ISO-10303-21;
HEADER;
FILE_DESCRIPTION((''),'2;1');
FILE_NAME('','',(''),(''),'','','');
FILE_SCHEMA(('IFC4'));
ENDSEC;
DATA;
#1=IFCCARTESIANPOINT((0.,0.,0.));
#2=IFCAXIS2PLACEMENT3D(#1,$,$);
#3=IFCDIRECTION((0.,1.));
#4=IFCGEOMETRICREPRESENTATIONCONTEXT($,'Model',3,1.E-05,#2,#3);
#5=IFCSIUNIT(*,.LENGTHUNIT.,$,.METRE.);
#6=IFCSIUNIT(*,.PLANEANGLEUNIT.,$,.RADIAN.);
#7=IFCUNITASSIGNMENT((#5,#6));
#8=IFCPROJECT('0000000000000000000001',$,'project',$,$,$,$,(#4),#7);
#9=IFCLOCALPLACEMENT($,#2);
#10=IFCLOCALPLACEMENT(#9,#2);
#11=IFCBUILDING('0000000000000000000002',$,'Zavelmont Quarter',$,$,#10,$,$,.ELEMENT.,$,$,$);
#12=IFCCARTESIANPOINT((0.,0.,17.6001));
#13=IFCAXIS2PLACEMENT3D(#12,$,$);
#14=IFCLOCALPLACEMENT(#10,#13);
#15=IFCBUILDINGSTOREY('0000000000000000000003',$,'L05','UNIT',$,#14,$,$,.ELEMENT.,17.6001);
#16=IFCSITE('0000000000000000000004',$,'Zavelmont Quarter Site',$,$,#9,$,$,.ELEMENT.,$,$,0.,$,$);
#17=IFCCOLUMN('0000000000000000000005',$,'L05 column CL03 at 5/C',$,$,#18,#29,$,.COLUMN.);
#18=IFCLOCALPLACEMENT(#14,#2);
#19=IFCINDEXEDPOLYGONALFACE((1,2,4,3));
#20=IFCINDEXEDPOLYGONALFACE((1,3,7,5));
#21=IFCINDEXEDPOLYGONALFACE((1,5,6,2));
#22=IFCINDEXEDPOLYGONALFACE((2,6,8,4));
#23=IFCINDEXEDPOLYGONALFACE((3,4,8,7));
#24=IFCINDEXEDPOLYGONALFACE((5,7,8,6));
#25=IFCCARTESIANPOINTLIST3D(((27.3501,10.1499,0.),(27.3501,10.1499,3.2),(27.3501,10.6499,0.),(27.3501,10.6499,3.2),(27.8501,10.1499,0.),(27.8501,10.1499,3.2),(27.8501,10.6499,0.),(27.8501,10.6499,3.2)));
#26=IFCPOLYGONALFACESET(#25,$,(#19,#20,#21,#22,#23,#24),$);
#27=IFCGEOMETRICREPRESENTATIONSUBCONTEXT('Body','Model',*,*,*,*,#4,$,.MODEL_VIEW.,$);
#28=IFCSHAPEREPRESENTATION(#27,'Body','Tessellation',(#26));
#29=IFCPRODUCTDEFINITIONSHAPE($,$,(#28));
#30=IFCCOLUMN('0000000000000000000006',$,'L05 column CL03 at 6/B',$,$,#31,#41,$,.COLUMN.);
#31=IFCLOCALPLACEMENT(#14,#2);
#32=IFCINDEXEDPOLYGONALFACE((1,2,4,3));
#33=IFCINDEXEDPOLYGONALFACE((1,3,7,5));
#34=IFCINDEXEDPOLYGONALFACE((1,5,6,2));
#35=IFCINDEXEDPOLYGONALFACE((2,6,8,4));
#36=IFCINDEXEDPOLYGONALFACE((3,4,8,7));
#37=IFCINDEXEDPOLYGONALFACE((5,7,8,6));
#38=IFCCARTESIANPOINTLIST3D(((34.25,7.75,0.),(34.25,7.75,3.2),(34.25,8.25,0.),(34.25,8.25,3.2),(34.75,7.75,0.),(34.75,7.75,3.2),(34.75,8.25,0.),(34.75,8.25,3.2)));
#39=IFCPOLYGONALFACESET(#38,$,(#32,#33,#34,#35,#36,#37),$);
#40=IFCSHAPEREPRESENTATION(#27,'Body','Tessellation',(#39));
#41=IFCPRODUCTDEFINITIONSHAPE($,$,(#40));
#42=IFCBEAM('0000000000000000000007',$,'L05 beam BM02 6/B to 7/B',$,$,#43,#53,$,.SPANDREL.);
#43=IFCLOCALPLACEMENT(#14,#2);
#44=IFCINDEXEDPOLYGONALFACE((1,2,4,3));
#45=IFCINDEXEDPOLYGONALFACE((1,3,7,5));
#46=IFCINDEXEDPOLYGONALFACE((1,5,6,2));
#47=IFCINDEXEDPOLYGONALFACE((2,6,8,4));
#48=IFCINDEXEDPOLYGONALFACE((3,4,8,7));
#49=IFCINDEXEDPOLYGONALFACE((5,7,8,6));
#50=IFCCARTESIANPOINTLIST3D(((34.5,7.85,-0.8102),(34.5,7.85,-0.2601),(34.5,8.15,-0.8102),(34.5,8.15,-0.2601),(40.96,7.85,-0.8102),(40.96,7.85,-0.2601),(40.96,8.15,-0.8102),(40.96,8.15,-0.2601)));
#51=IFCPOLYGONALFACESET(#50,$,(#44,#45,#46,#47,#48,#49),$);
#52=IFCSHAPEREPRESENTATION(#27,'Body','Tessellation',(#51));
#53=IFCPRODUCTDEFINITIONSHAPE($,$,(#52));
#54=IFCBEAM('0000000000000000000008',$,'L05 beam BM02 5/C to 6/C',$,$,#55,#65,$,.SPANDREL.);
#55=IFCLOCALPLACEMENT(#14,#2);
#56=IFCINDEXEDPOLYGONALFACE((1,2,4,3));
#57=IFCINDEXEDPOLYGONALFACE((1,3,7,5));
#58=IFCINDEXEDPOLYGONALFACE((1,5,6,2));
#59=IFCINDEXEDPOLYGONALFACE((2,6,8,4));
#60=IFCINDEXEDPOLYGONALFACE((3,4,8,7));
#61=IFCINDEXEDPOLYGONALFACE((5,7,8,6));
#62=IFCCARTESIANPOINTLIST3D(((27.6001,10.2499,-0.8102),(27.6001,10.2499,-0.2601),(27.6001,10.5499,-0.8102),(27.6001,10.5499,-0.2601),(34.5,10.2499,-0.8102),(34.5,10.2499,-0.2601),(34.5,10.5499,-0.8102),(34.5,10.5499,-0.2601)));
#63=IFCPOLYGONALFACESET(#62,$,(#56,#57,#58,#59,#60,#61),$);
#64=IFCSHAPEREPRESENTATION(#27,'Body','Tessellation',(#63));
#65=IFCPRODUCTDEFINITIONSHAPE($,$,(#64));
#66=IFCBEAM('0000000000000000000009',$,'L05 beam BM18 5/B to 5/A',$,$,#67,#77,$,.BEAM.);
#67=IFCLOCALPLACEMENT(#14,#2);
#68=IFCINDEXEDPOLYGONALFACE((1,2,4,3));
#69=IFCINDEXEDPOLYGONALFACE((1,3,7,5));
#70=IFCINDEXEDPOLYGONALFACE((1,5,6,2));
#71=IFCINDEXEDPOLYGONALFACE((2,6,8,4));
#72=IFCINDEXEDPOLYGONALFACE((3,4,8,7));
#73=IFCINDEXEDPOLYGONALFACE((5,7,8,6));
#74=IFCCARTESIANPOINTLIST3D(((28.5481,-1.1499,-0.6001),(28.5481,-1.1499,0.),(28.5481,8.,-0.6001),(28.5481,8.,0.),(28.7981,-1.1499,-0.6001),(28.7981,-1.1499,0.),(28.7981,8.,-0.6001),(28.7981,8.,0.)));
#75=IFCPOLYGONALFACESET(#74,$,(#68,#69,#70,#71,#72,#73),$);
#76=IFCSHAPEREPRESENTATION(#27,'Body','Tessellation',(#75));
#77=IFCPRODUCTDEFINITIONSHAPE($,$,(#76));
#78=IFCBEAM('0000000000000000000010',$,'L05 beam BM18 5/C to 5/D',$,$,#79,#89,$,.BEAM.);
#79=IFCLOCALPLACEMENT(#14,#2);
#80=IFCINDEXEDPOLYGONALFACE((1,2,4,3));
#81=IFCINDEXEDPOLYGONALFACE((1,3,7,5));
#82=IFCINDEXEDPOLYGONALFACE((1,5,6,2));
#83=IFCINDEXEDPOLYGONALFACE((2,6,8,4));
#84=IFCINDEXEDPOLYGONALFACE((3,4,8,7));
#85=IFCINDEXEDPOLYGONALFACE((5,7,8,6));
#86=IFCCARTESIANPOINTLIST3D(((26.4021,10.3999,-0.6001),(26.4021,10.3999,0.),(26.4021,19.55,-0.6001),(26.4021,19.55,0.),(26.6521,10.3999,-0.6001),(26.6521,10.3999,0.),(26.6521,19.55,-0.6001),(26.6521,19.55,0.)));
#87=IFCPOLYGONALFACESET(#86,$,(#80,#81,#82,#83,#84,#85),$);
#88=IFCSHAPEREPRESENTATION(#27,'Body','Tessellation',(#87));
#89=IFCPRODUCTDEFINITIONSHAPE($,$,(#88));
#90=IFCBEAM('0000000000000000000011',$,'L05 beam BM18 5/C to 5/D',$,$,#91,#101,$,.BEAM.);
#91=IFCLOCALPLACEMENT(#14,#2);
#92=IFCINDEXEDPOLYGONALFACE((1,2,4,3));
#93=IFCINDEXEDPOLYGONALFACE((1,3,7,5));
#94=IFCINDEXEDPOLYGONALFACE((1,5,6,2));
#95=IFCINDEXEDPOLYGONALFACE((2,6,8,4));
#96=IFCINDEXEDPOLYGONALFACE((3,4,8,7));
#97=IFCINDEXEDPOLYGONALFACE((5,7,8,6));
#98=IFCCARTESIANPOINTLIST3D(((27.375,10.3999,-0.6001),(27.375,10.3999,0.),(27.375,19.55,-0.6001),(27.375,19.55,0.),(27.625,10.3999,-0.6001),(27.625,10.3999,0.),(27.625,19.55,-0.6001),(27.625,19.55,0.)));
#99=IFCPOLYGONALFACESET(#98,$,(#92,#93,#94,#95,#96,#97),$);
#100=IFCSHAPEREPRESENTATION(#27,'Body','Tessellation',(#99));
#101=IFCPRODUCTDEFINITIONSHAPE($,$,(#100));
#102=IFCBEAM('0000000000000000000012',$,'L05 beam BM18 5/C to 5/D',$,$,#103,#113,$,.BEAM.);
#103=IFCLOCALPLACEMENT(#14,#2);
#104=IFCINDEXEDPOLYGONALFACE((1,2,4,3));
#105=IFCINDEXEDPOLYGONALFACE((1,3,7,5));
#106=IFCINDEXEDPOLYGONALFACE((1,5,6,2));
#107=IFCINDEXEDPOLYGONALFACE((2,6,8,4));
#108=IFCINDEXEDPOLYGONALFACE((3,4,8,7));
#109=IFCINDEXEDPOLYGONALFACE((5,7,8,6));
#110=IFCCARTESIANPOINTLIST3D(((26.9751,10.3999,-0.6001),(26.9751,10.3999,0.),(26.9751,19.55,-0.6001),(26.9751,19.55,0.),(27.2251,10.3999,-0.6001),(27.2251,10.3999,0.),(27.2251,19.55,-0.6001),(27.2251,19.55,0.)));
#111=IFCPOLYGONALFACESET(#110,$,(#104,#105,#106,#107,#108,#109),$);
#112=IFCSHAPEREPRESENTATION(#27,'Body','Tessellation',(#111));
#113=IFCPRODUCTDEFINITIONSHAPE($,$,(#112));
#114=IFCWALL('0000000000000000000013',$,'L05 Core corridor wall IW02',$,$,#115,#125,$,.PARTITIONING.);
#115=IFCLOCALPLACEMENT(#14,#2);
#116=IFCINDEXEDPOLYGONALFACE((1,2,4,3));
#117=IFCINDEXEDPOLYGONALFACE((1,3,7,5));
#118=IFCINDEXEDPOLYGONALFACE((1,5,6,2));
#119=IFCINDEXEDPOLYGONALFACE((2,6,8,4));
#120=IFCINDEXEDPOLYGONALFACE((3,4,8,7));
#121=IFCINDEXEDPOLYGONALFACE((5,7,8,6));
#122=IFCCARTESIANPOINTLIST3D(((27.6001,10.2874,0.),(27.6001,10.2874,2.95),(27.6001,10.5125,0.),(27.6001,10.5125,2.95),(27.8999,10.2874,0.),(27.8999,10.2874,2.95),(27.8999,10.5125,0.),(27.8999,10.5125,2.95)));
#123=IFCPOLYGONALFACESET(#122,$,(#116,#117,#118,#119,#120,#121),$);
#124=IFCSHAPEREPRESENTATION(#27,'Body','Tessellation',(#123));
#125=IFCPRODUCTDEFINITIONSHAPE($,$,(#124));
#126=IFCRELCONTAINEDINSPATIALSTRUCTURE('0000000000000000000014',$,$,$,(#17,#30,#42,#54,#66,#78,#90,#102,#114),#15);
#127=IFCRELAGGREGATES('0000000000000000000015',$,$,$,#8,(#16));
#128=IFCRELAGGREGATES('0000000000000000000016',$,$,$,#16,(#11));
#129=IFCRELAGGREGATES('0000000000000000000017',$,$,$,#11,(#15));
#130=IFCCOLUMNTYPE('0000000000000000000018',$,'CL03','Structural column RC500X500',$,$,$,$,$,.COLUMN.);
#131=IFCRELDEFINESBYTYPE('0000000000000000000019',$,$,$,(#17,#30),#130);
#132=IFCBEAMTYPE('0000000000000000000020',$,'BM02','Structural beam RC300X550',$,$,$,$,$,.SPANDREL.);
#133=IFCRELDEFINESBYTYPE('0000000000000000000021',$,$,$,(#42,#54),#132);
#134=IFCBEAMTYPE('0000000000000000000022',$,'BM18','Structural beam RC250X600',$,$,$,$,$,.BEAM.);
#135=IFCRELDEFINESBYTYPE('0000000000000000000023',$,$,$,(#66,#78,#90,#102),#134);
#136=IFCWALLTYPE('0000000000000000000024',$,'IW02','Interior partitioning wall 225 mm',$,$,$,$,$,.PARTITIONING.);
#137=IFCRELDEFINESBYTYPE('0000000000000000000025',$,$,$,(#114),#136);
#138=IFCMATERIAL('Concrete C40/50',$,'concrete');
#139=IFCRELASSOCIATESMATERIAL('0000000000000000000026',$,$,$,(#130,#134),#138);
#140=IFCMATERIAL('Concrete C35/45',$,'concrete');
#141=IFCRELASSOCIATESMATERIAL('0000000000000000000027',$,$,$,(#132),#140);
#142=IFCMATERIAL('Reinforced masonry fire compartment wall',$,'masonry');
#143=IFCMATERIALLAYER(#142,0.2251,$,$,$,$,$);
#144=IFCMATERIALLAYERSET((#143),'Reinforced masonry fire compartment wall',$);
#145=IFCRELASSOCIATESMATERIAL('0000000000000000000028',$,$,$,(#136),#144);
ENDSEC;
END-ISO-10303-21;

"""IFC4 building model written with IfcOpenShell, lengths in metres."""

from ifc_helpers import new_model, si_unit, direction, frame, frame_2d, origin, origin_2d, place, context, subcontext, project, spatial, rectangle, extrude, material, layer, layer_set, material_profile, profile_set, type_object, element, save


model = new_model("IFC4")

# Units and contexts
model_context = context("Model", 3, precision=1e-05, world=origin(), true_north=direction((0.0, 1.0)))
body_context = subcontext(model_context, "Body", "Model", "MODEL_VIEW")
ifc_project = project(units=[si_unit("LENGTHUNIT", "METRE"), si_unit("PLANEANGLEUNIT", "RADIAN")], contexts=[model_context])

# Site, building, storey
site_placement = place(None, origin())
site = spatial("IfcSite", under=ifc_project, at=site_placement, Name="Zavelmont Quarter Site", CompositionType="ELEMENT", RefElevation=0.0)
building_placement = place(site_placement, origin())
building = spatial("IfcBuilding", under=site, at=building_placement, Name="Zavelmont Quarter", CompositionType="ELEMENT")
storey_placement = place(building_placement, frame((0.0, 0.0, 17.6001)))
storey = spatial("IfcBuildingStorey", under=building, at=storey_placement, Name="L05", Description="UNIT", CompositionType="ELEMENT", Elevation=17.6001)

# Columns
ifc_material_1 = material(Name="Concrete C40/50", Category="concrete")
ifc_material_profile_1 = material_profile(ifc_material_1, rectangle(XDim=0.5, YDim=0.5, at=origin_2d()), Name="RC500X500")
ifc_profile_set_1 = profile_set([ifc_material_profile_1], Name="Concrete C40/50")
column_type = type_object("IfcColumnType", Name="CL03", Description="Structural column RC500X500", PredefinedType="COLUMN", material=ifc_profile_set_1)
for number, where, z_axis, x_axis, name in (
    (1, (27.6001, 10.3999, 0.0), (0.0, 0.0, 1.0), (1.0, 0.0, 0.0), "L05 column CL03 at 5/C"),
    (2, (34.5, 8.0, 0.0), (0.0, 0.0, 1.0), (1.0, 0.0, 0.0), "L05 column CL03 at 6/B"),
):
    element("IfcColumn", number, at=place(storey_placement, frame(where, z_axis=z_axis, x_axis=x_axis)), inside=storey, type_object=column_type, Name=name, PredefinedType="COLUMN", context=body_context, shape_type="SweptSolid", body=[
        extrude(rectangle(XDim=0.5, YDim=0.5, at=origin_2d()), origin(), (0.0, 0.0, 1.0), 3.2),
    ])

# Beams
ifc_material_2 = material(Name="Concrete C35/45", Category="concrete")
ifc_material_profile_2 = material_profile(ifc_material_2, rectangle(XDim=0.3, YDim=0.55, at=origin_2d()), Name="RC300X550")
ifc_profile_set_2 = profile_set([ifc_material_profile_2], Name="Concrete C35/45")
beam_type_1 = type_object("IfcBeamType", Name="BM02", Description="Structural beam RC300X550", PredefinedType="SPANDREL", material=ifc_profile_set_2)
beam_1_placement = place(storey_placement, frame((34.5, 8.0, -0.5352), z_axis=(1.0, 0.0, 0.0), x_axis=(0.0, 1.0, 0.0)))
element("IfcBeam", 3, at=beam_1_placement, inside=storey, type_object=beam_type_1, Name="L05 beam BM02 6/B to 7/B", PredefinedType="SPANDREL", context=body_context, shape_type="SweptSolid", body=[
    extrude(rectangle(XDim=0.3, YDim=0.55, at=origin_2d()), origin(), (0.0, 0.0, 1.0), 6.46),
])
beam_2_placement = place(storey_placement, frame((27.6001, 10.3999, -0.5352), z_axis=(1.0, 0.0, 0.0), x_axis=(0.0, 1.0, 0.0)))
element("IfcBeam", 4, at=beam_2_placement, inside=storey, type_object=beam_type_1, Name="L05 beam BM02 5/C to 6/C", PredefinedType="SPANDREL", context=body_context, shape_type="SweptSolid", body=[
    extrude(rectangle(XDim=0.3, YDim=0.55, at=origin_2d()), origin(), (0.0, 0.0, 1.0), 6.8999),
])
ifc_material_profile_3 = material_profile(ifc_material_1, rectangle(XDim=0.25, YDim=0.6001, at=origin_2d()), Name="RC250X600")
ifc_profile_set_3 = profile_set([ifc_material_profile_3], Name="Concrete C40/50")
beam_type_2 = type_object("IfcBeamType", Name="BM18", Description="Structural beam RC250X600", PredefinedType="BEAM", material=ifc_profile_set_3)
beam_3_placement = place(storey_placement, frame((28.6731, 8.0, -0.3), z_axis=(0.0, -1.0, 0.0), x_axis=(1.0, 0.0, 0.0)))
element("IfcBeam", 5, at=beam_3_placement, inside=storey, type_object=beam_type_2, Name="L05 beam BM18 5/B to 5/A", PredefinedType="BEAM", context=body_context, shape_type="SweptSolid", body=[
    extrude(rectangle(XDim=0.25, YDim=0.6001, at=origin_2d()), origin(), (0.0, 0.0, 1.0), 9.1499),
])
for number, where, z_axis, x_axis, name in (
    (6, (26.5271, 10.3999, -0.3), (0.0, 1.0, 0.0), (-1.0, 0.0, 0.0), "L05 beam BM18 5/C to 5/D"),
    (7, (27.5, 10.3999, -0.3), (0.0, 1.0, 0.0), (-1.0, 0.0, 0.0), "L05 beam BM18 5/C to 5/D"),
    (8, (27.1001, 10.3999, -0.3), (0.0, 1.0, 0.0), (-1.0, 0.0, 0.0), "L05 beam BM18 5/C to 5/D"),
):
    element("IfcBeam", number, at=place(storey_placement, frame(where, z_axis=z_axis, x_axis=x_axis)), inside=storey, type_object=beam_type_2, Name=name, PredefinedType="BEAM", context=body_context, shape_type="SweptSolid", body=[
        extrude(rectangle(XDim=0.25, YDim=0.6001, at=origin_2d()), origin(), (0.0, 0.0, 1.0), 9.1501),
    ])

# Wall
ifc_material_3 = material(Name="Reinforced masonry fire compartment wall", Category="masonry")
ifc_layer_1 = layer(ifc_material_3, 0.2251)
ifc_layer_set_1 = layer_set([ifc_layer_1], Name="Reinforced masonry fire compartment wall")
wall_type_1 = type_object("IfcWallType", Name="IW02", Description="Interior partitioning wall 225 mm", PredefinedType="PARTITIONING", material=ifc_layer_set_1)
wall_1_placement = place(storey_placement, frame((27.6001, 10.3999, 0.0), z_axis=(0.0, 0.0, 1.0), x_axis=(1.0, 0.0, 0.0)))
element("IfcWall", 9, at=wall_1_placement, inside=storey, type_object=wall_type_1, Name="L05 Core corridor wall IW02", PredefinedType="PARTITIONING", context=body_context, shape_type="SweptSolid", body=[
    extrude(rectangle(XDim=0.2998, YDim=0.2251, at=frame_2d((0.1499, 0.0))), origin(), (0.0, 0.0, 1.0), 2.95),
])

save(model, "model.ifc")
